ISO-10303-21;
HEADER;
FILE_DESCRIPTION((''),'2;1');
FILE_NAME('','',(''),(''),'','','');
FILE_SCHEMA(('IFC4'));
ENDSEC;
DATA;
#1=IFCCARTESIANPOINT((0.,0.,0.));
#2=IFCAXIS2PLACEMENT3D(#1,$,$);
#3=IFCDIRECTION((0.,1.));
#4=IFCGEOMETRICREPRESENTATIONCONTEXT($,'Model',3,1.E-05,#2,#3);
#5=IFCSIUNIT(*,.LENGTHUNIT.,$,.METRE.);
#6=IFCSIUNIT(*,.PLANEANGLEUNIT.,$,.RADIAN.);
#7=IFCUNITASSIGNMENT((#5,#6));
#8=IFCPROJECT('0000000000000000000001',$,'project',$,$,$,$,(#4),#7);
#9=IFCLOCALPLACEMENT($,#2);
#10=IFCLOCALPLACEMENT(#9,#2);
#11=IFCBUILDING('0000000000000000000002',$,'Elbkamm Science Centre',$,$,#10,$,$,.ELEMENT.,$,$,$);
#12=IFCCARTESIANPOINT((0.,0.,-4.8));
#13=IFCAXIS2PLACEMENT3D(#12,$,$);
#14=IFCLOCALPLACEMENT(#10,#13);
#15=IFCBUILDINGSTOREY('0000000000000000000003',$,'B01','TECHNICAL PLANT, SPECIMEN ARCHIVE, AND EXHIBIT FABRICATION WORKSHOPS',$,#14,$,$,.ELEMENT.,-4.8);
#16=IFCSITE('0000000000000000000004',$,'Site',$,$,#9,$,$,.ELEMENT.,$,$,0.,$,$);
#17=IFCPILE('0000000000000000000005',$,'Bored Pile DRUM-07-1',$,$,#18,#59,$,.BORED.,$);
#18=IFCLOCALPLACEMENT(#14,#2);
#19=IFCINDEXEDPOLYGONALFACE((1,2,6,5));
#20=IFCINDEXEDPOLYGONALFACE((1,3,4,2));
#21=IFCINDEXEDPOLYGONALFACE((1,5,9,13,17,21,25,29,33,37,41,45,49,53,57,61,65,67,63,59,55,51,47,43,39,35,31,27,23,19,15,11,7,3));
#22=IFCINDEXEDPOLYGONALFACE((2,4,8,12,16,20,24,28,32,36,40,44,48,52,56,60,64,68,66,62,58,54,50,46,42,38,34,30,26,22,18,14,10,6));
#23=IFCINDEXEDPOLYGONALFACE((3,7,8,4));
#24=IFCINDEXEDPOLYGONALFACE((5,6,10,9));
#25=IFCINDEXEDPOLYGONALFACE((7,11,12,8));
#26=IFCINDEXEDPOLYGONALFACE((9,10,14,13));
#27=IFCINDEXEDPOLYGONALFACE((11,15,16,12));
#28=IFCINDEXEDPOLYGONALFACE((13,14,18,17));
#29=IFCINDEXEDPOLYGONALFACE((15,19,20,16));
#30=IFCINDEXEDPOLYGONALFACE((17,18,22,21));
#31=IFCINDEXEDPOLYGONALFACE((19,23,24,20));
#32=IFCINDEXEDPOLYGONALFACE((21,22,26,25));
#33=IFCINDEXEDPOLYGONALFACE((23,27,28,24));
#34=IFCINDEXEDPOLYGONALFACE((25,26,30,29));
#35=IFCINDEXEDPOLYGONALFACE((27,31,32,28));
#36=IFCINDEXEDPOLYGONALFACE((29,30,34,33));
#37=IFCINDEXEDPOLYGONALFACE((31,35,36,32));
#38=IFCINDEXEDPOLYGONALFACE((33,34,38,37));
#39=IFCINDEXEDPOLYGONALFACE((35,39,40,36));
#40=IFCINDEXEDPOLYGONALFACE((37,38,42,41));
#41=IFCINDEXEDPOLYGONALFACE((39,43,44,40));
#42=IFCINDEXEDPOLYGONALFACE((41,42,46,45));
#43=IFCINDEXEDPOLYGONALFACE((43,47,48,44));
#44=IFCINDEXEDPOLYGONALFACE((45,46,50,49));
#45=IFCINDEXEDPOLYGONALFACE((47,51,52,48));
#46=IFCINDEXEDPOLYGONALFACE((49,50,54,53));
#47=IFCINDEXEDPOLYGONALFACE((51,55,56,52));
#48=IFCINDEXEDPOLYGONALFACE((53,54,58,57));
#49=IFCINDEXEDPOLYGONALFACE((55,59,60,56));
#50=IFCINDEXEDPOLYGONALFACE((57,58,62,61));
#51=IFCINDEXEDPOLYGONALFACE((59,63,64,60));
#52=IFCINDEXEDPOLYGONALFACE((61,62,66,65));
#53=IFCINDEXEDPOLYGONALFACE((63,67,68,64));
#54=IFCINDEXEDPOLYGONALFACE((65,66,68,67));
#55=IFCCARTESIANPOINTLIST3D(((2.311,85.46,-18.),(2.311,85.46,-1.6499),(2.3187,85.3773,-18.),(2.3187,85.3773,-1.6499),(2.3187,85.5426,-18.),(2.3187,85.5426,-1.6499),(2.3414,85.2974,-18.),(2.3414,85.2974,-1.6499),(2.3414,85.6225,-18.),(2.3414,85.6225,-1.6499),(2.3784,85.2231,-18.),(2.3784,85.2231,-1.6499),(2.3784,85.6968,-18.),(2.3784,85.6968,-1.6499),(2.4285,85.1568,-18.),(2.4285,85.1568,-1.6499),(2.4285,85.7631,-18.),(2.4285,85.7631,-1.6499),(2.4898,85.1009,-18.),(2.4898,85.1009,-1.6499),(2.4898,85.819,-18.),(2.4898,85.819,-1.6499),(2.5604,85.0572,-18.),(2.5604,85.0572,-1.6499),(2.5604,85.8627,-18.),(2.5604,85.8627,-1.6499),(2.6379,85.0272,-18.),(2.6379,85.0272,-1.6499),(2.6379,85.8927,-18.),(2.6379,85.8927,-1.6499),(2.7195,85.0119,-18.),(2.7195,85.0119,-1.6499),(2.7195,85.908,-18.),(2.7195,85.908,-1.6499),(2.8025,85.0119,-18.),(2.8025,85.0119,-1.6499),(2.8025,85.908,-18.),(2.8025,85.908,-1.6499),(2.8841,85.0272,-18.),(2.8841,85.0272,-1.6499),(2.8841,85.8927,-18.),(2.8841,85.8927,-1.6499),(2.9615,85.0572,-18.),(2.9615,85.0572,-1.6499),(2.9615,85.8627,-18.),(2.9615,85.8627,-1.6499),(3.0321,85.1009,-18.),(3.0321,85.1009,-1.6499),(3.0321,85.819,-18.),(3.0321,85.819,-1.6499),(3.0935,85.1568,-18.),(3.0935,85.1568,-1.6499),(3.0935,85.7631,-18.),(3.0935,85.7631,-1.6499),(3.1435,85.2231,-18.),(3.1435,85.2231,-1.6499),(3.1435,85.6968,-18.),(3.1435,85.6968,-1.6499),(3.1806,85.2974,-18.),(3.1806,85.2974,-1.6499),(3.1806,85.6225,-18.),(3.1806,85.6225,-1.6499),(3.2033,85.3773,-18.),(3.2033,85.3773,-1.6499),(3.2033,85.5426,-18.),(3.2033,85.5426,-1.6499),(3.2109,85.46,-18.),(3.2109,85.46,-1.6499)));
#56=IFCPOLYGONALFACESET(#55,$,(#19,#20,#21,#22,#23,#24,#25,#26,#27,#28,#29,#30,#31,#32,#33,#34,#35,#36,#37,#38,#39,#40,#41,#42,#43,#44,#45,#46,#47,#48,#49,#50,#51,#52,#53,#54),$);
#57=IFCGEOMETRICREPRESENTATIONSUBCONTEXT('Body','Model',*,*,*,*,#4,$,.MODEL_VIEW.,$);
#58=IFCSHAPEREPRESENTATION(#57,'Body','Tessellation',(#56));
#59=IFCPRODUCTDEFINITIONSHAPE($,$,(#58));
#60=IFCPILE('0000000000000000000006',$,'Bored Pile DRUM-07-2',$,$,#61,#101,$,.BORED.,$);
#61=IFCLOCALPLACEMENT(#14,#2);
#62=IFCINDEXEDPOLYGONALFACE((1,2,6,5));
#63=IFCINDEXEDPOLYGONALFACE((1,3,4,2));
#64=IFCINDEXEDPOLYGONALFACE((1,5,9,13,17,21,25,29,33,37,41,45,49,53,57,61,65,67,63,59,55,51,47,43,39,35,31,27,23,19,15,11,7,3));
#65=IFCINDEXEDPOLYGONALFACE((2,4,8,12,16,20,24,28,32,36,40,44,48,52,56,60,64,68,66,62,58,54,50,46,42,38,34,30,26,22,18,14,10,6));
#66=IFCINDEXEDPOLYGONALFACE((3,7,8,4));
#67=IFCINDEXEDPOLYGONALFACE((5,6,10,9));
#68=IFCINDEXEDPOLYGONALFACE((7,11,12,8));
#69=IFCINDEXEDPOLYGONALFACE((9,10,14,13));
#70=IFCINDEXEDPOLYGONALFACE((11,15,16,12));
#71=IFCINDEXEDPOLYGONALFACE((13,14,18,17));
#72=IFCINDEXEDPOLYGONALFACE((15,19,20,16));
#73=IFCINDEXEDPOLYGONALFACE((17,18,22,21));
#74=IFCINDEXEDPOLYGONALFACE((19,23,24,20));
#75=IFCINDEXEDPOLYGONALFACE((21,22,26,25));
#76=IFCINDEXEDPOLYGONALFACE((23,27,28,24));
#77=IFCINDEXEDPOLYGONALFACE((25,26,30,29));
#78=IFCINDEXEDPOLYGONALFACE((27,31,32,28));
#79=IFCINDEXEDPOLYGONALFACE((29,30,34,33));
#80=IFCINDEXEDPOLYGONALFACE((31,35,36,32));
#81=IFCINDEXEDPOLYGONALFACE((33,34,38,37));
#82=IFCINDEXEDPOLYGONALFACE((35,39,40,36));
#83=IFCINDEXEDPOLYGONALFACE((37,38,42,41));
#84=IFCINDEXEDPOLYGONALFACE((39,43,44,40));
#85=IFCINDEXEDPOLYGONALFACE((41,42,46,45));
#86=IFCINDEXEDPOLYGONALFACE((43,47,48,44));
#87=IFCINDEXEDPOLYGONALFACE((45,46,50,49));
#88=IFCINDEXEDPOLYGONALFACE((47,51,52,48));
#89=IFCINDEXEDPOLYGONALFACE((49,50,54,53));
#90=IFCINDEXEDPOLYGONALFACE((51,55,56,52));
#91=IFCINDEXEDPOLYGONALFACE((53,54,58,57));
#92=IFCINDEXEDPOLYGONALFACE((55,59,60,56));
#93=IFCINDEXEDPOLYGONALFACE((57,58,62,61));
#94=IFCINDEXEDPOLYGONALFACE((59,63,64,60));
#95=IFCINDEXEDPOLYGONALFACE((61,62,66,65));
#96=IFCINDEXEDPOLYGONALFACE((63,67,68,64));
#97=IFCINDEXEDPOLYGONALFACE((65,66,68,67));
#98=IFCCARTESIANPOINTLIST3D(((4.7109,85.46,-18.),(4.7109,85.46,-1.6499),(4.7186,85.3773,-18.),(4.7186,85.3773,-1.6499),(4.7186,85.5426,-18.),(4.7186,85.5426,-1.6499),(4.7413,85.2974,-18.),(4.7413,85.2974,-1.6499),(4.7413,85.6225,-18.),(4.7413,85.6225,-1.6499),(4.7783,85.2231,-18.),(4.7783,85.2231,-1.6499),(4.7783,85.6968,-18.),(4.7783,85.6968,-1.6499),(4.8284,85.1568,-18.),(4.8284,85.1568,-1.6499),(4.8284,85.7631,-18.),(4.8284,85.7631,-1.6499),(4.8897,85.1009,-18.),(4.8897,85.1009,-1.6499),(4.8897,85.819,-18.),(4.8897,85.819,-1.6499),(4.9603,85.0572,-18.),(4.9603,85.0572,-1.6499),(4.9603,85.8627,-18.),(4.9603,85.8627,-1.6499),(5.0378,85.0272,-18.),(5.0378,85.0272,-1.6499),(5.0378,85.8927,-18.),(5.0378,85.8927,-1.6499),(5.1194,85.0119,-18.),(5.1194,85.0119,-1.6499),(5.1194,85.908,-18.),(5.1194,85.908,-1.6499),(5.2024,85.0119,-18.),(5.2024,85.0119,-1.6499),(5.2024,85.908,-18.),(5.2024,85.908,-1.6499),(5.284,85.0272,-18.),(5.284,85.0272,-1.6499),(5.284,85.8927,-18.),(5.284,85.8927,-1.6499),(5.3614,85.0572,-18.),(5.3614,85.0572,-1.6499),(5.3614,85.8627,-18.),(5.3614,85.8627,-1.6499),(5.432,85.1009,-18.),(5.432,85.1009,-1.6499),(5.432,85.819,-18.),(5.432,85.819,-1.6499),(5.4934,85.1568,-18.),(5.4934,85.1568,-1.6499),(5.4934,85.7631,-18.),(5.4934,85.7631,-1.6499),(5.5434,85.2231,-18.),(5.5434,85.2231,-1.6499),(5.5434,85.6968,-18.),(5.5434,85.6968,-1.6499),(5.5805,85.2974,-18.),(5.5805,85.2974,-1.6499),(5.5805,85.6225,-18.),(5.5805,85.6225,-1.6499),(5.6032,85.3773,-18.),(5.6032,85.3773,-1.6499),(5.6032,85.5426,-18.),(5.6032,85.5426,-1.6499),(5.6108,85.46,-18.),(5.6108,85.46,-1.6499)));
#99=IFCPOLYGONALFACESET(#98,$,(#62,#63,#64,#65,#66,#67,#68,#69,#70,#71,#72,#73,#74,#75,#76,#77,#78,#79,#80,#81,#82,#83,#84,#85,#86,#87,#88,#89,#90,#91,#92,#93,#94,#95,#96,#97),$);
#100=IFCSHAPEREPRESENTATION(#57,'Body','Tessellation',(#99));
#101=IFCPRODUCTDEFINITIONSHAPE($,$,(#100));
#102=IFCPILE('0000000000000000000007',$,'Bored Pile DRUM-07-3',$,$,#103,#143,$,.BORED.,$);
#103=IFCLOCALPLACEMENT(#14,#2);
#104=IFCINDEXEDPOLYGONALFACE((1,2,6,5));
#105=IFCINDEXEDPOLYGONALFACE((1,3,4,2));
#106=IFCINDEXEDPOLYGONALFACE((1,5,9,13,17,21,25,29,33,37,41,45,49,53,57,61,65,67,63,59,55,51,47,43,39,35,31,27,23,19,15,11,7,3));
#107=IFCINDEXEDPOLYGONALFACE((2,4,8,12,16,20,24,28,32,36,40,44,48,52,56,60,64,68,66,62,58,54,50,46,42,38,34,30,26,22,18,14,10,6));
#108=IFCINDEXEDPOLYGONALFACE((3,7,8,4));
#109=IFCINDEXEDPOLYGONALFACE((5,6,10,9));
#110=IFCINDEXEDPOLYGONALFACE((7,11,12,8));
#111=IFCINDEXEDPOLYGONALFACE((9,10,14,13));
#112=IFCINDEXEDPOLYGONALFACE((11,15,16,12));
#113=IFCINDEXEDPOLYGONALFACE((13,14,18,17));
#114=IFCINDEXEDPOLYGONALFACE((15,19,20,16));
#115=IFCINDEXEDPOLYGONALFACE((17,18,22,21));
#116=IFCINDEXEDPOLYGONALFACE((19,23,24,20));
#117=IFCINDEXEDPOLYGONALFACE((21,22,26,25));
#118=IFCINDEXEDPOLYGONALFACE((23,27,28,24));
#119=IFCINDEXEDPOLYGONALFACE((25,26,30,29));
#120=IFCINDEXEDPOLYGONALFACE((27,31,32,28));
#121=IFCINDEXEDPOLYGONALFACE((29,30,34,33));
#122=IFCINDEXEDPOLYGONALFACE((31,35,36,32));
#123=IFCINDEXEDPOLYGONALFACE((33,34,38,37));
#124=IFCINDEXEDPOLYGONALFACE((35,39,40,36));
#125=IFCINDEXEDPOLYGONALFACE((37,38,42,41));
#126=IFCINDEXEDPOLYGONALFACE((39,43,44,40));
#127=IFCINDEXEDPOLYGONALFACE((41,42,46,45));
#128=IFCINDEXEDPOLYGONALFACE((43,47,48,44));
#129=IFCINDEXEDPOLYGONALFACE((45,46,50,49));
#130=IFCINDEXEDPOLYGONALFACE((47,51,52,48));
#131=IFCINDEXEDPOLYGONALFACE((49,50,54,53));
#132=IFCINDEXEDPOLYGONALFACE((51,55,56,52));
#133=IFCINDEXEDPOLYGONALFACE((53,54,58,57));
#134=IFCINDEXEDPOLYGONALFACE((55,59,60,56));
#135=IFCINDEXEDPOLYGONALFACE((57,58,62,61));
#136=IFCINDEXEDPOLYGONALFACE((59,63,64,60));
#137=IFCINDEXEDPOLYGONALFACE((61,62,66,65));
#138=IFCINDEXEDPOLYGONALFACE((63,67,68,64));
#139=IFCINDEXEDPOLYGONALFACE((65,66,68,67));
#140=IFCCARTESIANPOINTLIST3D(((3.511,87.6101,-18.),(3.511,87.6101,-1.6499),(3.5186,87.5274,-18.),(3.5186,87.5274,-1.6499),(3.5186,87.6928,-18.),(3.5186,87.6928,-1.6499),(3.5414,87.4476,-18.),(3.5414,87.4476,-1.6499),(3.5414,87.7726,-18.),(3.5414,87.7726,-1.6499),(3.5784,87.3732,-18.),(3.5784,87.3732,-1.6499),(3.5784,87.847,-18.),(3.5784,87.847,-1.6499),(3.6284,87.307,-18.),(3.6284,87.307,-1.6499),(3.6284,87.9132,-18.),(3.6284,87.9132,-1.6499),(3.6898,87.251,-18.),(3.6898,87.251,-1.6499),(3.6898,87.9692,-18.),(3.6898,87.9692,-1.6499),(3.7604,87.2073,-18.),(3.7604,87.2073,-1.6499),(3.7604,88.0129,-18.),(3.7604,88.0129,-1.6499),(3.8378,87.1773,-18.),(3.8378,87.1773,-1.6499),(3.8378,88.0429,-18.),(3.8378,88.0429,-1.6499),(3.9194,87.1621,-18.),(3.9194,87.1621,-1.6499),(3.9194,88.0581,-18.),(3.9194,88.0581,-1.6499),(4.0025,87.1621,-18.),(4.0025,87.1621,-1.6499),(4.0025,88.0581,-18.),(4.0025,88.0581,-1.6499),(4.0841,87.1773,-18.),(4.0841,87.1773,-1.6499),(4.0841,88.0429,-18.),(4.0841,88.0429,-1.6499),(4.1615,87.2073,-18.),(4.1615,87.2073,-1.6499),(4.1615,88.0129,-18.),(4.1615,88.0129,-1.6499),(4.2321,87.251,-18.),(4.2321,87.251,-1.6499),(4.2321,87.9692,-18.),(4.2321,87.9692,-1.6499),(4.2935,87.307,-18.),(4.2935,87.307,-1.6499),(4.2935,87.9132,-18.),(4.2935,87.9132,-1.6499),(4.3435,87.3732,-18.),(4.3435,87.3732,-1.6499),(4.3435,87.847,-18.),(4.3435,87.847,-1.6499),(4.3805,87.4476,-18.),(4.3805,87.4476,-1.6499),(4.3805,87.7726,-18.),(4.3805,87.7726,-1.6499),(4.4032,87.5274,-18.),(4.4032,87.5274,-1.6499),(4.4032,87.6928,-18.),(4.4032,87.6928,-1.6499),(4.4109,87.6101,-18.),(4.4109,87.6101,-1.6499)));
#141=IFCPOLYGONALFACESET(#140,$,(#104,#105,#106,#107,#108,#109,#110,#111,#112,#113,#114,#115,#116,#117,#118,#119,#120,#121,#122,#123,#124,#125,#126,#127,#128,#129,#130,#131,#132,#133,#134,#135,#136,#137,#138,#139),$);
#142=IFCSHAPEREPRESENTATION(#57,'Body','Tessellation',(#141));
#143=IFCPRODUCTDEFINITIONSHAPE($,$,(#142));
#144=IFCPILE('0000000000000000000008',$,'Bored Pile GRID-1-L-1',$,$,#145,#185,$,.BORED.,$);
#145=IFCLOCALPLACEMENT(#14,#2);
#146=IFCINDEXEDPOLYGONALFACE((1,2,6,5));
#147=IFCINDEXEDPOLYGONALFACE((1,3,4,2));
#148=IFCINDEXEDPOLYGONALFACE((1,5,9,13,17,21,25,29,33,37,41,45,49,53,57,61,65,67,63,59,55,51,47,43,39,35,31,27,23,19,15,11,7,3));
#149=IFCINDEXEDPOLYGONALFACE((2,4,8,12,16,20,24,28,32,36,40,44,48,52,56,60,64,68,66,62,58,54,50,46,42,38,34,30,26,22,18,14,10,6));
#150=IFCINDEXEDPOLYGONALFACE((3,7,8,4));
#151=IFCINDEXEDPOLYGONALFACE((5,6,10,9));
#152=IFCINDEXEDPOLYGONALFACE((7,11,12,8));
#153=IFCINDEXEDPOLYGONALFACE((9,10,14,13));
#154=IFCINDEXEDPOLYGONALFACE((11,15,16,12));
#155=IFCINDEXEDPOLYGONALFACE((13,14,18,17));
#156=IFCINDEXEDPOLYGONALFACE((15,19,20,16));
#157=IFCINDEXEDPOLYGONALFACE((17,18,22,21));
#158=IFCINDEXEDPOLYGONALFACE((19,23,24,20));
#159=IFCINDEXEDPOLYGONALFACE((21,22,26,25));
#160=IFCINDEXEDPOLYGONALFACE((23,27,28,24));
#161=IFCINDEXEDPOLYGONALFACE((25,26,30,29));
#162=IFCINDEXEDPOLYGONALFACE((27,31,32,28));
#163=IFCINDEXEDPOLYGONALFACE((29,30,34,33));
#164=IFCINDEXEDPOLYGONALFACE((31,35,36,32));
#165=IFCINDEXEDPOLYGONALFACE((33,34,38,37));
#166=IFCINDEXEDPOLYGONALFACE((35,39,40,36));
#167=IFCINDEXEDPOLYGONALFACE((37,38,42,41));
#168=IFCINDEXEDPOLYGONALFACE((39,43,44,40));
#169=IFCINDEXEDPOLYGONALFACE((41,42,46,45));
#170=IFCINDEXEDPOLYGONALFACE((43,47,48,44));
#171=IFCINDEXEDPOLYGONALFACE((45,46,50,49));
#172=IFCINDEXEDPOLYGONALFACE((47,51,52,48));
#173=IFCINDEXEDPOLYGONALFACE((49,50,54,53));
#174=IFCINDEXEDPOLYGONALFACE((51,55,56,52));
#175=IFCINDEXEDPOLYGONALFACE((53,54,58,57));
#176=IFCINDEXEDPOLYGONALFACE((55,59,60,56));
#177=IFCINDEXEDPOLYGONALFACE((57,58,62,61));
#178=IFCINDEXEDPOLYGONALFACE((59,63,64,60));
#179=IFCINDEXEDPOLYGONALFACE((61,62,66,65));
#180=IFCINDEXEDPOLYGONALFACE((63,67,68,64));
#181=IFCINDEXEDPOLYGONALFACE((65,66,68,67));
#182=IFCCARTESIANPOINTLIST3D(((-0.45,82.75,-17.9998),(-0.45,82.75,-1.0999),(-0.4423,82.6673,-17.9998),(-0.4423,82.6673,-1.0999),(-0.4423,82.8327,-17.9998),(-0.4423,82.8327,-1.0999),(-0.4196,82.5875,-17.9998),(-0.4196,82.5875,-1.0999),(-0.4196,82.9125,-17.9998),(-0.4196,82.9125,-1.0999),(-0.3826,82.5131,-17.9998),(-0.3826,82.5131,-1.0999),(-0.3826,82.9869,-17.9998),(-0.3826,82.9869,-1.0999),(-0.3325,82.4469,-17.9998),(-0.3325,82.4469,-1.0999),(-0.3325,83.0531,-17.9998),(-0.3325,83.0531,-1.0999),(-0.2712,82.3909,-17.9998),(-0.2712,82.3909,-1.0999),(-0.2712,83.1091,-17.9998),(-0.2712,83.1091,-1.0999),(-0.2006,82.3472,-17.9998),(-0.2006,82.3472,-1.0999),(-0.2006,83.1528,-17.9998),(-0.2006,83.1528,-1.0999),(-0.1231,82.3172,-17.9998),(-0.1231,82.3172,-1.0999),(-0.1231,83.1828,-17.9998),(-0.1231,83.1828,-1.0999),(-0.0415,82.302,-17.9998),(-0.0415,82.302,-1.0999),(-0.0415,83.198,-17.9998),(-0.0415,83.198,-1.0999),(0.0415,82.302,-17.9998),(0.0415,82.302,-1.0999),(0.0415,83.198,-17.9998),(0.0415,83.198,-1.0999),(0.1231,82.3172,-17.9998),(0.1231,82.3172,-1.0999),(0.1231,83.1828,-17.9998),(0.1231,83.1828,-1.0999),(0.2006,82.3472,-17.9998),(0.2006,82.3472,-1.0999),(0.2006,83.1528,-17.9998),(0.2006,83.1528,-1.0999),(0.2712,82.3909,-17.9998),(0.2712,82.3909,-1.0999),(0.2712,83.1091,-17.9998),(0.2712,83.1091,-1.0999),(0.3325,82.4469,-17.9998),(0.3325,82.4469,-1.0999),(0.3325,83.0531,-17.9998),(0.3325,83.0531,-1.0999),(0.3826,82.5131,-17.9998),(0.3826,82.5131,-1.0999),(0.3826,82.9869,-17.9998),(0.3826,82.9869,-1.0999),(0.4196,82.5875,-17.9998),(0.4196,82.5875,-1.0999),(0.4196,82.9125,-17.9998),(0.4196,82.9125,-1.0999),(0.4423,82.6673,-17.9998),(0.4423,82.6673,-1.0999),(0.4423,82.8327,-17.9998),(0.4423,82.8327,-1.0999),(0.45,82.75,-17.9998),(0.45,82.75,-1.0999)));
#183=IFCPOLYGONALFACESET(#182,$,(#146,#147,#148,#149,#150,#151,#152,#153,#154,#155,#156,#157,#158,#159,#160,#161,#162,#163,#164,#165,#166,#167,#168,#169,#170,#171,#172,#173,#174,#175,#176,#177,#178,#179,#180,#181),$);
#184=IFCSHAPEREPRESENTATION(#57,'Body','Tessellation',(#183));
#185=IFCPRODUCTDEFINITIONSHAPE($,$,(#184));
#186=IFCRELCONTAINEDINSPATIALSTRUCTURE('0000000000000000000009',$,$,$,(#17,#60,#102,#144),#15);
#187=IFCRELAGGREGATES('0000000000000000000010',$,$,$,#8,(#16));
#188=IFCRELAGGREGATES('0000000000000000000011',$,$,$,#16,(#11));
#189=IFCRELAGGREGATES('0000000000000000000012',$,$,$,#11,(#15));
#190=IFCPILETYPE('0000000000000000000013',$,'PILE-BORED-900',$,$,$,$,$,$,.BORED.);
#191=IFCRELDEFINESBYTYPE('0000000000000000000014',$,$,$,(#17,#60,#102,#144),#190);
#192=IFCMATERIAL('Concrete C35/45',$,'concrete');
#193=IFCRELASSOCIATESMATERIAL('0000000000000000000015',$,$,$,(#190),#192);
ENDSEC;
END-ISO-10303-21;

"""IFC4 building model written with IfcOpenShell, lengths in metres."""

from ifc_helpers import new_model, si_unit, direction, frame, origin, origin_2d, place, context, subcontext, project, spatial, circle, extrude, material, material_profile, profile_set, type_object, element, save


model = new_model("IFC4")

# Units and contexts
model_context = context("Model", 3, precision=1e-05, world=origin(), true_north=direction((0.0, 1.0)))
body_context = subcontext(model_context, "Body", "Model", "MODEL_VIEW")
ifc_project = project(units=[si_unit("LENGTHUNIT", "METRE"), si_unit("PLANEANGLEUNIT", "RADIAN")], contexts=[model_context])

# Site, building, storey
site_placement = place(None, origin())
site = spatial("IfcSite", under=ifc_project, at=site_placement, Name="Site", CompositionType="ELEMENT", RefElevation=0.0)
building_placement = place(site_placement, origin())
building = spatial("IfcBuilding", under=site, at=building_placement, Name="Elbkamm Science Centre", CompositionType="ELEMENT")
storey_placement = place(building_placement, frame((0.0, 0.0, -4.8)))
storey = spatial("IfcBuildingStorey", under=building, at=storey_placement, Name="B01", Description="TECHNICAL PLANT, SPECIMEN ARCHIVE, AND EXHIBIT FABRICATION WORKSHOPS", CompositionType="ELEMENT", Elevation=-4.8)

# Shared definitions
ifc_material_1 = material(Name="Concrete C35/45", Category="concrete")

# Piles
ifc_material_profile_1 = material_profile(ifc_material_1, circle(Radius=0.45, at=origin_2d()), Name="PILE D900")
ifc_profile_set_1 = profile_set([ifc_material_profile_1], Name="Concrete C35/45")
pile_type = type_object("IfcPileType", Name="PILE-BORED-900", PredefinedType="BORED", material=ifc_profile_set_1)
for number, where, z_axis, x_axis, name in (
    (1, (2.761, 85.46, -1.6499), (0.0, 0.0, -1.0), (1.0, 0.0, 0.0), "Bored Pile DRUM-07-1"),
    (2, (5.1609, 85.46, -1.6499), (0.0, 0.0, -1.0), (1.0, 0.0, 0.0), "Bored Pile DRUM-07-2"),
    (3, (3.9609, 87.6101, -1.6499), (0.0, 0.0, -1.0), (1.0, 0.0, 0.0), "Bored Pile DRUM-07-3"),
):
    element("IfcPile", number, at=place(storey_placement, frame(where, z_axis=z_axis, x_axis=x_axis)), inside=storey, type_object=pile_type, Name=name, PredefinedType="BORED", context=body_context, shape_type="SweptSolid", body=[
        extrude(circle(Radius=0.45, at=origin_2d()), origin(), (0.0, 0.0, 1.0), 16.3501),
    ])
for number, where, z_axis, x_axis, name in (
    (4, (0.0, 82.75, -1.0999), (0.0, 0.0, -1.0), (1.0, 0.0, 0.0), "Bored Pile GRID-1-L-1"),
):
    element("IfcPile", number, at=place(storey_placement, frame(where, z_axis=z_axis, x_axis=x_axis)), inside=storey, type_object=pile_type, Name=name, PredefinedType="BORED", context=body_context, shape_type="SweptSolid", body=[
        extrude(circle(Radius=0.45, at=origin_2d()), origin(), (0.0, 0.0, 1.0), 16.8999),
    ])

save(model, "model.ifc")
